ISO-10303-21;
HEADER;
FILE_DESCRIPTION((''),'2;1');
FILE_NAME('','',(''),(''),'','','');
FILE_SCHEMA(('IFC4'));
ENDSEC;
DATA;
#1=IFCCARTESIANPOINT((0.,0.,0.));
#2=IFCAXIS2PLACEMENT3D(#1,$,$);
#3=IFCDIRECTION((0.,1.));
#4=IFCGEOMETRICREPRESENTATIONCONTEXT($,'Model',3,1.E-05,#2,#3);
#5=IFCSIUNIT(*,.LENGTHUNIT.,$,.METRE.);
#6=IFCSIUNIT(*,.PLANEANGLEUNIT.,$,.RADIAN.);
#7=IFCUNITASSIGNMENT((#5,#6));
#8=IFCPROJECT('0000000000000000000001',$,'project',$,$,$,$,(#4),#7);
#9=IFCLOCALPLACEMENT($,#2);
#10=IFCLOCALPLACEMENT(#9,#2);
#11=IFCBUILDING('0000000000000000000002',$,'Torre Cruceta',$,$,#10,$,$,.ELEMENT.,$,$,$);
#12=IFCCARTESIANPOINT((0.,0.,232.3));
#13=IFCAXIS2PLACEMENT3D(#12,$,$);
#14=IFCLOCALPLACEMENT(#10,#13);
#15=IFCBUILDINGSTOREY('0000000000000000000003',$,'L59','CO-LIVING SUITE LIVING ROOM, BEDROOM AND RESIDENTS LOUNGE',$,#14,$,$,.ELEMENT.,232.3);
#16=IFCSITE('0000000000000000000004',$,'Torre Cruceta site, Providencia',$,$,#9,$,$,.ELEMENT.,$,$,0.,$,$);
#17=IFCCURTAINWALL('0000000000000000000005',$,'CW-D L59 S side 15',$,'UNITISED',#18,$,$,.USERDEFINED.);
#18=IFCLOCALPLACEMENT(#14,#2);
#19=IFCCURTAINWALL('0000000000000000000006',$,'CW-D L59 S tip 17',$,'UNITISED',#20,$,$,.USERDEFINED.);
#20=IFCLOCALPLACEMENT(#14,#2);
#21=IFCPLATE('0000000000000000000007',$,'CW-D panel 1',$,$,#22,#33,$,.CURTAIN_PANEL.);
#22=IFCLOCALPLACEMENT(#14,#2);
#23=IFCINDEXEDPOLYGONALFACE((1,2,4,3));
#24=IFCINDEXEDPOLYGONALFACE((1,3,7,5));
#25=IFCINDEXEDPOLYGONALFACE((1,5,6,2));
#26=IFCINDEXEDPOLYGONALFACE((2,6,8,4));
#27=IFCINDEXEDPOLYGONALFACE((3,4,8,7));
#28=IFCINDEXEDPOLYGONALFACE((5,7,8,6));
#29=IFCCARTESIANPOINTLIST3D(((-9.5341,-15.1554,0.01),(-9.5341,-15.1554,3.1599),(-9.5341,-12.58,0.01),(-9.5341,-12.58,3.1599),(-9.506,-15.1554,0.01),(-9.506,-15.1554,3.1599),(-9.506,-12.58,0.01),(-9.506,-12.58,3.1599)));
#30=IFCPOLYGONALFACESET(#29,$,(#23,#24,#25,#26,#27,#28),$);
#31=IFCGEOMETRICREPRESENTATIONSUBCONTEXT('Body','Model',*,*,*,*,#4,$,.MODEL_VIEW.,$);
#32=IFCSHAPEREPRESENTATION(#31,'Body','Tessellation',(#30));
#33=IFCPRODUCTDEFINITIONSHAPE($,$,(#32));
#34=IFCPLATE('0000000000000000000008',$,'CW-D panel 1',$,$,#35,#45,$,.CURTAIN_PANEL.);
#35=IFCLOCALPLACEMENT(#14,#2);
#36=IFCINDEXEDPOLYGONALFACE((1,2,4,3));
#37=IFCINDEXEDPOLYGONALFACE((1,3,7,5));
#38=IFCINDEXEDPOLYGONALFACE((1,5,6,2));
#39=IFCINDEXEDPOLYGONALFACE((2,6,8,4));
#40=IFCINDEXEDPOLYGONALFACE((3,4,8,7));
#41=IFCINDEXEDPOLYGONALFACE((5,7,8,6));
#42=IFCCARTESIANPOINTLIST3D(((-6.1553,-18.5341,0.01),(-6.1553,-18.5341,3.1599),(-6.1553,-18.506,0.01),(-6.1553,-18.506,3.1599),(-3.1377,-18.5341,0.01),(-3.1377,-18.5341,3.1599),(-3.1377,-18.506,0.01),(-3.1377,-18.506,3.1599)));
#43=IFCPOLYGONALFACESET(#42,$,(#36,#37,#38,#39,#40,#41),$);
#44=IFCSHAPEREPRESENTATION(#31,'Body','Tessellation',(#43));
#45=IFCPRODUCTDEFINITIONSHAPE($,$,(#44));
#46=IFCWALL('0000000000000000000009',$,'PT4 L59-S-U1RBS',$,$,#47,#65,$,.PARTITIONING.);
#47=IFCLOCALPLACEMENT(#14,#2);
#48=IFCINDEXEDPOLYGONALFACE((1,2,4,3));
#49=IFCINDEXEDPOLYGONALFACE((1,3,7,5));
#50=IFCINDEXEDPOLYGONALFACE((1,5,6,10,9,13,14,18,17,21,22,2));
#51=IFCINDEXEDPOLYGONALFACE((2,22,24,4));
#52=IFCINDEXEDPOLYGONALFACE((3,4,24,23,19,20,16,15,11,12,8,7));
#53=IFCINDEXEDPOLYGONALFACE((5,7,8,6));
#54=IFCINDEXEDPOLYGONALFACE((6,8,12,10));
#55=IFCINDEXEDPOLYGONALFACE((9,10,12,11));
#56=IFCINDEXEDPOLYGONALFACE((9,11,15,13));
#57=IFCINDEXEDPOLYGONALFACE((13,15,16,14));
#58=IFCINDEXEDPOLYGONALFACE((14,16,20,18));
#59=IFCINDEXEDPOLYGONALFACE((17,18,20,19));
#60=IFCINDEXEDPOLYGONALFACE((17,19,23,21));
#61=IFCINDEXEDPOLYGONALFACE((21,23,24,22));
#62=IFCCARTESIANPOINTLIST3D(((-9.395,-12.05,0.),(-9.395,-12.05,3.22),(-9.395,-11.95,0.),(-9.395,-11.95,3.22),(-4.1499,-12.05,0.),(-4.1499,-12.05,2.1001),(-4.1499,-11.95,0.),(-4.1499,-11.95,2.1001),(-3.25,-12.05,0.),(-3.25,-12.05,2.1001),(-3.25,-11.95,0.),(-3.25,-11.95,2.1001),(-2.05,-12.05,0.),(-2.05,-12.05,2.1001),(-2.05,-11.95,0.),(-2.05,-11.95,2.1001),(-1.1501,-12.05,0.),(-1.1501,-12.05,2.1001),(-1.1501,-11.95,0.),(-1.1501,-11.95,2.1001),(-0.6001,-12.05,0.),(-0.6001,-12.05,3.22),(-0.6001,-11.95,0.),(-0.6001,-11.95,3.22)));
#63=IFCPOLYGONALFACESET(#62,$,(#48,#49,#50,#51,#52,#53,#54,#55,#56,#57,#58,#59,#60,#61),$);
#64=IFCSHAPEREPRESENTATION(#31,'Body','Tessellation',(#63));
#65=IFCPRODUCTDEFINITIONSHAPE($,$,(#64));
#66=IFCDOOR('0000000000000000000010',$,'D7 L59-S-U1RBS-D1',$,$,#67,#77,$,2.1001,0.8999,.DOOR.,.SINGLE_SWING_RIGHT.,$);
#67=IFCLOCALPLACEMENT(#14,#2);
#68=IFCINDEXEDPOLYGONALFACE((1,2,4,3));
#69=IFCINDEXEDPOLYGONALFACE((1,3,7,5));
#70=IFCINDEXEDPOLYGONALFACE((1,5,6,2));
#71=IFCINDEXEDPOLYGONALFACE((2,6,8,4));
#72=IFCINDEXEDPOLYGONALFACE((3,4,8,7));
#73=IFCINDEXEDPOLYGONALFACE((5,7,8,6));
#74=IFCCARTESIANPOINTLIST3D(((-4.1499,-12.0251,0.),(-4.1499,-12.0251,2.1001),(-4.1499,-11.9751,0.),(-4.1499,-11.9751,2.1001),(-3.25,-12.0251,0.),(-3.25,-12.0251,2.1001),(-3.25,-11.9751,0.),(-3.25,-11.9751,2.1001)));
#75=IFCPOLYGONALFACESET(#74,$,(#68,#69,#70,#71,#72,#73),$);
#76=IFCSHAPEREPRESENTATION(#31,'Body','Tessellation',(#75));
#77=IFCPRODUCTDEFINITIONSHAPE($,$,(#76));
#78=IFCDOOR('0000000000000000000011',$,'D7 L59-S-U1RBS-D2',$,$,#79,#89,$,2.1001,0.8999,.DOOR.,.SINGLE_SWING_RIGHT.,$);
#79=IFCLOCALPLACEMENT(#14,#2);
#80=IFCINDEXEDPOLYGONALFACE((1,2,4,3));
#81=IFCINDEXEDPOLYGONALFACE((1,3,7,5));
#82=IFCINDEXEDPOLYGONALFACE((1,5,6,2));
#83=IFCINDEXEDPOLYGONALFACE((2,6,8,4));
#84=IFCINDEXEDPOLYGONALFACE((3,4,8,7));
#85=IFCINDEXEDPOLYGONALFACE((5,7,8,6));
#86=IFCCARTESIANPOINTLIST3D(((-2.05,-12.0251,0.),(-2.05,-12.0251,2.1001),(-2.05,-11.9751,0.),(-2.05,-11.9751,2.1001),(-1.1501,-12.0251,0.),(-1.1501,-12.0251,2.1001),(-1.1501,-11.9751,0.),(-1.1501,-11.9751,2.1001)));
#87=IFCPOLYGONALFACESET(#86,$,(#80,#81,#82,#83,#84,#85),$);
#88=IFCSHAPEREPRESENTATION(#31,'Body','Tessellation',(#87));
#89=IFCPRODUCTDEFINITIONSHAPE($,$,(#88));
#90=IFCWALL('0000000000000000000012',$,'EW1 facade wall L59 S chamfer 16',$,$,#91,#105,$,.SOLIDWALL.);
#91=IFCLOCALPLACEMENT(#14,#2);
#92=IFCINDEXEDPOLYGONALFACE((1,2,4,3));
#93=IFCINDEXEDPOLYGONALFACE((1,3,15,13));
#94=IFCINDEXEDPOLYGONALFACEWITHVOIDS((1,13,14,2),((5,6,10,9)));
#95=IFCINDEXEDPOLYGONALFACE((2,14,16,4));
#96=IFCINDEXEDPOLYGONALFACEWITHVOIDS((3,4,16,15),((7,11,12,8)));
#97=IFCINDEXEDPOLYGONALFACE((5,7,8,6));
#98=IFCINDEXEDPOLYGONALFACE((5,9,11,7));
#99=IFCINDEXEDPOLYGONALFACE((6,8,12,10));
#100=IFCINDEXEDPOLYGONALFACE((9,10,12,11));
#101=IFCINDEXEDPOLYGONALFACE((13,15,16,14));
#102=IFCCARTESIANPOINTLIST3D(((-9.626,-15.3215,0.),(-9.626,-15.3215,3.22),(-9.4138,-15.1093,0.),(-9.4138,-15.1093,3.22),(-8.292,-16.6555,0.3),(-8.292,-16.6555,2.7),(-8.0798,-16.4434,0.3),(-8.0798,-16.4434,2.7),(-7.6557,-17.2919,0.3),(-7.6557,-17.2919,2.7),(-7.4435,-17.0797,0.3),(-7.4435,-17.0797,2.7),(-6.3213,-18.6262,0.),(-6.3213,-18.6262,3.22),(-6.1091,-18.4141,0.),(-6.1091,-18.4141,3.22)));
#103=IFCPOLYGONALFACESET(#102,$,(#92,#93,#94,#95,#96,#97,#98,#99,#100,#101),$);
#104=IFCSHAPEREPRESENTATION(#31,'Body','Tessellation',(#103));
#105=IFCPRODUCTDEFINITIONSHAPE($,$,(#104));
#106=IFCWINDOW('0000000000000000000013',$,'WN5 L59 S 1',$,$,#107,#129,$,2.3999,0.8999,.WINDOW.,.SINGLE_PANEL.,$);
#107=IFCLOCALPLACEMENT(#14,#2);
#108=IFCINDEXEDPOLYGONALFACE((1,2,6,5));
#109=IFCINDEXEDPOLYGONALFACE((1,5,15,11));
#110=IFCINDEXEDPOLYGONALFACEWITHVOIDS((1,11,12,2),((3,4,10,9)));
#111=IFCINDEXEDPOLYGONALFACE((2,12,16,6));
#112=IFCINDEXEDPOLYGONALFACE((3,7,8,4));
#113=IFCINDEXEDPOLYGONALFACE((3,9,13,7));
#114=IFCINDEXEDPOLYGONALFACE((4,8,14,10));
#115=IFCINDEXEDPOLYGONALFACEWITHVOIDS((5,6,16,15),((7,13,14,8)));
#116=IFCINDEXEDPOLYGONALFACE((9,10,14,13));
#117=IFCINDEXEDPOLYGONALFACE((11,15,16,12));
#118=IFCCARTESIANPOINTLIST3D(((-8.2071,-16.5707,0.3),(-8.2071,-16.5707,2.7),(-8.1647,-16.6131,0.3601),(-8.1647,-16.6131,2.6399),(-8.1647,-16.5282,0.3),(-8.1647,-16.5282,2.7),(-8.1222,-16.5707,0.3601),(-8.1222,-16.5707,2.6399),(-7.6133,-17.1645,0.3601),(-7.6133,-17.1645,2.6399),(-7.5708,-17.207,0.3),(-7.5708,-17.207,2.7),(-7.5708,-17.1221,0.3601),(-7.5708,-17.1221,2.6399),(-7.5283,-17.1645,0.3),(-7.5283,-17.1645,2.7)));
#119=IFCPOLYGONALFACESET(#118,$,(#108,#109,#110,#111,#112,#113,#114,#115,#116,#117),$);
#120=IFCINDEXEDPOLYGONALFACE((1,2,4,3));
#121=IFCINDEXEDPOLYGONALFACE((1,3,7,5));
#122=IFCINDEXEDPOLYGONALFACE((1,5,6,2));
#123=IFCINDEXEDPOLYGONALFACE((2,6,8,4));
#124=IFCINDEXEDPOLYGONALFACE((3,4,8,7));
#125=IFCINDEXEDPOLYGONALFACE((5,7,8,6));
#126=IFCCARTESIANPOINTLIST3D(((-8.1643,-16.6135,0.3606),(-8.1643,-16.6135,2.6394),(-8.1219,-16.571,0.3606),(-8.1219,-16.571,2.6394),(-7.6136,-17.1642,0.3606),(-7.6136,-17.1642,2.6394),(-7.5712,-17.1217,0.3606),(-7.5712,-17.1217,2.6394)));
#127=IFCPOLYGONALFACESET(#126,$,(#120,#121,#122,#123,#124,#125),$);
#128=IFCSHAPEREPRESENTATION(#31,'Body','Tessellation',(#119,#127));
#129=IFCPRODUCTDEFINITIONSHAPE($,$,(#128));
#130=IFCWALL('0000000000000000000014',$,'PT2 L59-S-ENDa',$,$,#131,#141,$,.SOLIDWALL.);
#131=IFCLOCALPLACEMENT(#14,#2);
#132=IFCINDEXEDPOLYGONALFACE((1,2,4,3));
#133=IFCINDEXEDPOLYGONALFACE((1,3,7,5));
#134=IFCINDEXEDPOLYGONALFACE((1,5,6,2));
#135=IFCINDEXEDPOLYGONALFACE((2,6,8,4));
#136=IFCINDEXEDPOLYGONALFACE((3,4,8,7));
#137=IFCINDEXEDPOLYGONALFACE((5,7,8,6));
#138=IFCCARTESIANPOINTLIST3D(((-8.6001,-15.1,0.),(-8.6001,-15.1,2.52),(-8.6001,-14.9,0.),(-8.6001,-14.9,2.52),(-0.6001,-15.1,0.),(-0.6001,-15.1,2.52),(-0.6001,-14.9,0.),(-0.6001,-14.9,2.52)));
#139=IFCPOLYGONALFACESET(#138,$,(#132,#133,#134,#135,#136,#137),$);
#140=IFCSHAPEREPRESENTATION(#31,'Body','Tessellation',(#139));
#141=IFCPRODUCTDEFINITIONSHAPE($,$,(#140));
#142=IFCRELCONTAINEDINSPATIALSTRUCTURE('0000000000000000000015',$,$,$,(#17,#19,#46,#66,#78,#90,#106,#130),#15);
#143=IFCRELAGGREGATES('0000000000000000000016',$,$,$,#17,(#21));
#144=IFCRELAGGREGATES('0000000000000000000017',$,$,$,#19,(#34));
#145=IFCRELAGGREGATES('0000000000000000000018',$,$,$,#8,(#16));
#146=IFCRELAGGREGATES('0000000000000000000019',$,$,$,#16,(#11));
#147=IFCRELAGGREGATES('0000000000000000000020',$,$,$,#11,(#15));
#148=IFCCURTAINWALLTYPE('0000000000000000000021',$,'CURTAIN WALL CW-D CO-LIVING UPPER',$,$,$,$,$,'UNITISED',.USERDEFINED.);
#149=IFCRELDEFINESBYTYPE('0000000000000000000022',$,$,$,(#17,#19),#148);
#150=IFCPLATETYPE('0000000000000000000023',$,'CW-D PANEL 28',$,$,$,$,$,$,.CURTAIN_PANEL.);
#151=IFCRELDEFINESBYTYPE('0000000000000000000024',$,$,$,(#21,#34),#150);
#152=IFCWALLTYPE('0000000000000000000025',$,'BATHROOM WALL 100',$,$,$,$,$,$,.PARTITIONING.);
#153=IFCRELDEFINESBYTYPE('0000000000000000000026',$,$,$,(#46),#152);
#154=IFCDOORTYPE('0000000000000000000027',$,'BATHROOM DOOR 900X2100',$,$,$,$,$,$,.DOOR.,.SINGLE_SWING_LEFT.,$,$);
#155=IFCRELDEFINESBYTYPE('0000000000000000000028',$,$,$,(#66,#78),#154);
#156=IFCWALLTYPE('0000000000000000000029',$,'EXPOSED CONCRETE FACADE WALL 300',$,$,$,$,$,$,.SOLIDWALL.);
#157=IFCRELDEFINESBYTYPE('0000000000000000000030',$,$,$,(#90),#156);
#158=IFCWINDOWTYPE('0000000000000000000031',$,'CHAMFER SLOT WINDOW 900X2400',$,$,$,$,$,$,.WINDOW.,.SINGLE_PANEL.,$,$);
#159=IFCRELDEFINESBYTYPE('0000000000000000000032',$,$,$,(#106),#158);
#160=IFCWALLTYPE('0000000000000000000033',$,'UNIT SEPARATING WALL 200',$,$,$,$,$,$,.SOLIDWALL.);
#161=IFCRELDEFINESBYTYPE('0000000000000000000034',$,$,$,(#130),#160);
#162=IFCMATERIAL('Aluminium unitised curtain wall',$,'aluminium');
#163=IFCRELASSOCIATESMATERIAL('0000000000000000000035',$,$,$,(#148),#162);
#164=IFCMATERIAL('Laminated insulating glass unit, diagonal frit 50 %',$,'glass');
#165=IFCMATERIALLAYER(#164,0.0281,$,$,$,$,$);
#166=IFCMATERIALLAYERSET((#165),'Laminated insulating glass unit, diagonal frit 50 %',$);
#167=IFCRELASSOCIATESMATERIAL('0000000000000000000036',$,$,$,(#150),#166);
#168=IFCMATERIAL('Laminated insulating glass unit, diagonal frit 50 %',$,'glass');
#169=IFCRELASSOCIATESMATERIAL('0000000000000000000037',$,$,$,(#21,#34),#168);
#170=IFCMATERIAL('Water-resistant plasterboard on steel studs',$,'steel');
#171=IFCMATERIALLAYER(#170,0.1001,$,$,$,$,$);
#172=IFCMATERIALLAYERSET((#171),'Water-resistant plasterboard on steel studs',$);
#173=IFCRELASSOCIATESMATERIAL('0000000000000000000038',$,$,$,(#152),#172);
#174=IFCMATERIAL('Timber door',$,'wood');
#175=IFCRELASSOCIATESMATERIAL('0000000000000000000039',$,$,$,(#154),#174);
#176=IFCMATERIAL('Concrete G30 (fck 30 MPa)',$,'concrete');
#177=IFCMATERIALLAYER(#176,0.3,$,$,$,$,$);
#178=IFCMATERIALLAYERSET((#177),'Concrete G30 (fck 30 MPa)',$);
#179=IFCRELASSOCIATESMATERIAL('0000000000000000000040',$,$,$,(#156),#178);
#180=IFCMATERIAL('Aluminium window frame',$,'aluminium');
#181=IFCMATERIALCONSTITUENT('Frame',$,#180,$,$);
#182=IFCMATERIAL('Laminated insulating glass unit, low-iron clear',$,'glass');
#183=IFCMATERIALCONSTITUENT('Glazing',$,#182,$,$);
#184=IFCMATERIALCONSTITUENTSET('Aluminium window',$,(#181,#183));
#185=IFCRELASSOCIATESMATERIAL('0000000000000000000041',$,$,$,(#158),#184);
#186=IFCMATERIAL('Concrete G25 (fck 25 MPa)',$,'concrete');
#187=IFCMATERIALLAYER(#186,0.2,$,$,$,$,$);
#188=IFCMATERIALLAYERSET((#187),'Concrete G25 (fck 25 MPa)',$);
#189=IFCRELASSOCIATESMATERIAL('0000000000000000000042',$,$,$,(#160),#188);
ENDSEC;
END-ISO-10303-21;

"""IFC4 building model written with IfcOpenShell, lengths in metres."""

from ifc_helpers import new_model, si_unit, direction, frame, frame_2d, origin, origin_2d, place, context, subcontext, project, spatial, rectangle, hollow_rectangle, extrude, material, layer, layer_set, constituent, constituent_set, type_object, element, fill, aggregate, save


model = new_model("IFC4")

# Units and contexts
model_context = context("Model", 3, precision=1e-05, world=origin(), true_north=direction((0.0, 1.0)))
body_context = subcontext(model_context, "Body", "Model", "MODEL_VIEW")
ifc_project = project(units=[si_unit("LENGTHUNIT", "METRE"), si_unit("PLANEANGLEUNIT", "RADIAN")], contexts=[model_context])

# Site, building, storey
site_placement = place(None, origin())
site = spatial("IfcSite", under=ifc_project, at=site_placement, Name="Torre Cruceta site, Providencia", CompositionType="ELEMENT", RefElevation=0.0)
building_placement = place(site_placement, origin())
building = spatial("IfcBuilding", under=site, at=building_placement, Name="Torre Cruceta", CompositionType="ELEMENT")
storey_placement = place(building_placement, frame((0.0, 0.0, 232.3)))
storey = spatial("IfcBuildingStorey", under=building, at=storey_placement, Name="L59", Description="CO-LIVING SUITE LIVING ROOM, BEDROOM AND RESIDENTS LOUNGE", CompositionType="ELEMENT", Elevation=232.3)

# Curtain walls
ifc_material_1 = material(Name="Aluminium unitised curtain wall", Category="aluminium")
curtain_wall_type = type_object("IfcCurtainWallType", Name="CURTAIN WALL CW-D CO-LIVING UPPER", ElementType="UNITISED", PredefinedType="USERDEFINED", material=ifc_material_1)
curtain_wall_1_placement = place(storey_placement, origin())
curtain_wall_1 = element("IfcCurtainWall", 1, at=curtain_wall_1_placement, inside=storey, type_object=curtain_wall_type, Name="CW-D L59 S side 15", ObjectType="UNITISED", PredefinedType="USERDEFINED")
curtain_wall_2_placement = place(storey_placement, origin())
curtain_wall_2 = element("IfcCurtainWall", 2, at=curtain_wall_2_placement, inside=storey, type_object=curtain_wall_type, Name="CW-D L59 S tip 17", ObjectType="UNITISED", PredefinedType="USERDEFINED")

# Plates
ifc_material_2 = material(Name="Laminated insulating glass unit, diagonal frit 50 %", Category="glass")
ifc_material_3 = material(Name="Laminated insulating glass unit, diagonal frit 50 %", Category="glass")
ifc_layer_1 = layer(ifc_material_3, 0.0281)
ifc_layer_set_1 = layer_set([ifc_layer_1], Name="Laminated insulating glass unit, diagonal frit 50 %")
plate_type = type_object("IfcPlateType", Name="CW-D PANEL 28", PredefinedType="CURTAIN_PANEL", material=ifc_layer_set_1)
plate_1_placement = place(storey_placement, frame((-9.52, -13.8677, 0.01), z_axis=(0.0, 0.0, 1.0), x_axis=(0.0, -1.0, 0.0)))
plate_1 = element("IfcPlate", 3, at=plate_1_placement, type_object=plate_type, material=ifc_material_2, Name="CW-D panel 1", PredefinedType="CURTAIN_PANEL", context=body_context, shape_type="SweptSolid", body=[
    extrude(rectangle(XDim=2.5754, YDim=0.0281, at=origin_2d()), origin(), (0.0, 0.0, 1.0), 3.1499),
])
aggregate(curtain_wall_1, [plate_1])
plate_2_placement = place(storey_placement, frame((-4.6465, -18.52, 0.01), z_axis=(0.0, 0.0, 1.0), x_axis=(1.0, 0.0, 0.0)))
plate_2 = element("IfcPlate", 4, at=plate_2_placement, type_object=plate_type, material=ifc_material_2, Name="CW-D panel 1", PredefinedType="CURTAIN_PANEL", context=body_context, shape_type="SweptSolid", body=[
    extrude(rectangle(XDim=3.0176, YDim=0.0281, at=origin_2d()), origin(), (0.0, 0.0, 1.0), 3.1499),
])
aggregate(curtain_wall_2, [plate_2])

# Wall, openings, doors
ifc_material_4 = material(Name="Water-resistant plasterboard on steel studs", Category="steel")
ifc_layer_2 = layer(ifc_material_4, 0.1001)
ifc_layer_set_2 = layer_set([ifc_layer_2], Name="Water-resistant plasterboard on steel studs")
wall_type_1 = type_object("IfcWallType", Name="BATHROOM WALL 100", PredefinedType="PARTITIONING", material=ifc_layer_set_2)
wall_1_placement = place(storey_placement, frame((-9.395, -12.0, 0.0), z_axis=(0.0, 0.0, 1.0), x_axis=(1.0, 0.0, 0.0)))
wall_1 = element("IfcWall", 5, at=wall_1_placement, inside=storey, type_object=wall_type_1, Name="PT4 L59-S-U1RBS", PredefinedType="PARTITIONING", context=body_context, shape_type="SweptSolid", body=[
    extrude(rectangle(XDim=8.7949, YDim=0.1001, at=frame_2d((4.3975, 0.0))), origin(), (0.0, 0.0, 1.0), 3.22),
])
opening_1_placement = place(wall_1_placement, frame((5.2451, 0.0, 0.0)))
opening_1 = element("IfcOpeningElement", 6, at=opening_1_placement, cuts=wall_1, PredefinedType="OPENING", context=body_context, shape_type="SweptSolid", body=[
    extrude(rectangle(XDim=0.8999, YDim=2.1001, at=frame_2d((0.45, 1.05))), frame((0.0, 0.0601, 0.0), z_axis=(0.0, -1.0, 0.0), x_axis=(1.0, 0.0, 0.0)), (0.0, 0.0, 1.0), 0.1201),
])
opening_2_placement = place(wall_1_placement, frame((7.345, 0.0, 0.0)))
opening_2 = element("IfcOpeningElement", 7, at=opening_2_placement, cuts=wall_1, PredefinedType="OPENING", context=body_context, shape_type="SweptSolid", body=[
    extrude(rectangle(XDim=0.8999, YDim=2.1001, at=frame_2d((0.45, 1.05))), frame((0.0, 0.0601, 0.0), z_axis=(0.0, -1.0, 0.0), x_axis=(1.0, 0.0, 0.0)), (0.0, 0.0, 1.0), 0.1201),
])
ifc_material_5 = material(Name="Timber door", Category="wood")
door_type = type_object("IfcDoorType", Name="BATHROOM DOOR 900X2100", OperationType="SINGLE_SWING_LEFT", PredefinedType="DOOR", material=ifc_material_5)
door_1_placement = place(opening_1_placement, origin())
door_1 = element("IfcDoor", 8, at=door_1_placement, inside=storey, type_object=door_type, Name="D7 L59-S-U1RBS-D1", OperationType="SINGLE_SWING_RIGHT", OverallHeight=2.1001, OverallWidth=0.8999, PredefinedType="DOOR", context=body_context, shape_type="SweptSolid", body=[
    extrude(rectangle(XDim=0.8999, YDim=2.1001, at=frame_2d((0.45, 1.05))), frame((0.0, 0.0249, 0.0), z_axis=(0.0, -1.0, 0.0), x_axis=(1.0, 0.0, 0.0)), (0.0, 0.0, 1.0), 0.05),
])
fill(opening_1, door_1)
door_2_placement = place(opening_2_placement, origin())
door_2 = element("IfcDoor", 9, at=door_2_placement, inside=storey, type_object=door_type, Name="D7 L59-S-U1RBS-D2", OperationType="SINGLE_SWING_RIGHT", OverallHeight=2.1001, OverallWidth=0.8999, PredefinedType="DOOR", context=body_context, shape_type="SweptSolid", body=[
    extrude(rectangle(XDim=0.8999, YDim=2.1001, at=frame_2d((0.45, 1.05))), frame((0.0, 0.0249, 0.0), z_axis=(0.0, -1.0, 0.0), x_axis=(1.0, 0.0, 0.0)), (0.0, 0.0, 1.0), 0.05),
])
fill(opening_2, door_2)

# Wall, opening, window
ifc_material_6 = material(Name="Concrete G30 (fck 30 MPa)", Category="concrete")
ifc_layer_3 = layer(ifc_material_6, 0.3)
ifc_layer_set_3 = layer_set([ifc_layer_3], Name="Concrete G30 (fck 30 MPa)")
wall_type_2 = type_object("IfcWallType", Name="EXPOSED CONCRETE FACADE WALL 300", PredefinedType="SOLIDWALL", material=ifc_layer_set_3)
wall_2_placement = place(storey_placement, frame((-9.52, -15.2153, 0.0), z_axis=(0.0, 0.0, 1.0), x_axis=(0.707107, -0.707107, 0.0)))
wall_2 = element("IfcWall", 10, at=wall_2_placement, inside=storey, type_object=wall_type_2, Name="EW1 facade wall L59 S chamfer 16", PredefinedType="SOLIDWALL", context=body_context, shape_type="SweptSolid", body=[
    extrude(rectangle(XDim=4.6736, YDim=0.3, at=frame_2d((2.3369, 0.0))), origin(), (0.0, 0.0, 1.0), 3.22),
])
opening_3_placement = place(wall_2_placement, frame((1.8867, 0.0, 0.3)))
opening_3 = element("IfcOpeningElement", 11, at=opening_3_placement, cuts=wall_2, PredefinedType="OPENING", context=body_context, shape_type="SweptSolid", body=[
    extrude(rectangle(XDim=0.8999, YDim=2.3999, at=frame_2d((0.45, 1.2))), frame((0.0, 0.1599, 0.0), z_axis=(0.0, -1.0, 0.0), x_axis=(1.0, 0.0, 0.0)), (0.0, 0.0, 1.0), 0.3201),
])
ifc_material_7 = material(Name="Aluminium window frame", Category="aluminium")
ifc_constituent_1 = constituent(ifc_material_7, Name="Frame")
ifc_material_8 = material(Name="Laminated insulating glass unit, low-iron clear", Category="glass")
ifc_constituent_2 = constituent(ifc_material_8, Name="Glazing")
ifc_constituent_set_1 = constituent_set(constituents=[ifc_constituent_1, ifc_constituent_2], Name="Aluminium window")
window_type = type_object("IfcWindowType", Name="CHAMFER SLOT WINDOW 900X2400", PartitioningType="SINGLE_PANEL", PredefinedType="WINDOW", material=ifc_constituent_set_1)
window_placement = place(opening_3_placement, origin())
window = element("IfcWindow", 12, at=window_placement, inside=storey, type_object=window_type, Name="WN5 L59 S 1", OverallHeight=2.3999, OverallWidth=0.8999, PartitioningType="SINGLE_PANEL", PredefinedType="WINDOW", context=body_context, shape_type="SweptSolid", body=[
    extrude(hollow_rectangle(XDim=0.8999, YDim=2.3999, WallThickness=0.0601, at=frame_2d((0.45, 1.2))), frame((0.0, 0.03, 0.0), z_axis=(0.0, -1.0, 0.0), x_axis=(1.0, 0.0, 0.0)), (0.0, 0.0, 1.0), 0.0601),
    extrude(rectangle(XDim=0.7788, YDim=2.2788, at=frame_2d((0.45, 1.2))), frame((0.0, 0.03, 0.0), z_axis=(0.0, -1.0, 0.0), x_axis=(1.0, 0.0, 0.0)), (0.0, 0.0, 1.0), 0.0601),
])
fill(opening_3, window)

# Wall
ifc_material_9 = material(Name="Concrete G25 (fck 25 MPa)", Category="concrete")
ifc_layer_4 = layer(ifc_material_9, 0.2)
ifc_layer_set_4 = layer_set([ifc_layer_4], Name="Concrete G25 (fck 25 MPa)")
wall_type_3 = type_object("IfcWallType", Name="UNIT SEPARATING WALL 200", PredefinedType="SOLIDWALL", material=ifc_layer_set_4)
wall_3_placement = place(storey_placement, frame((-8.6001, -15.0, 0.0), z_axis=(0.0, 0.0, 1.0), x_axis=(1.0, 0.0, 0.0)))
element("IfcWall", 13, at=wall_3_placement, inside=storey, type_object=wall_type_3, Name="PT2 L59-S-ENDa", PredefinedType="SOLIDWALL", context=body_context, shape_type="SweptSolid", body=[
    extrude(rectangle(XDim=8.0, YDim=0.2, at=frame_2d((4.0, 0.0))), origin(), (0.0, 0.0, 1.0), 2.52),
])

save(model, "model.ifc")
